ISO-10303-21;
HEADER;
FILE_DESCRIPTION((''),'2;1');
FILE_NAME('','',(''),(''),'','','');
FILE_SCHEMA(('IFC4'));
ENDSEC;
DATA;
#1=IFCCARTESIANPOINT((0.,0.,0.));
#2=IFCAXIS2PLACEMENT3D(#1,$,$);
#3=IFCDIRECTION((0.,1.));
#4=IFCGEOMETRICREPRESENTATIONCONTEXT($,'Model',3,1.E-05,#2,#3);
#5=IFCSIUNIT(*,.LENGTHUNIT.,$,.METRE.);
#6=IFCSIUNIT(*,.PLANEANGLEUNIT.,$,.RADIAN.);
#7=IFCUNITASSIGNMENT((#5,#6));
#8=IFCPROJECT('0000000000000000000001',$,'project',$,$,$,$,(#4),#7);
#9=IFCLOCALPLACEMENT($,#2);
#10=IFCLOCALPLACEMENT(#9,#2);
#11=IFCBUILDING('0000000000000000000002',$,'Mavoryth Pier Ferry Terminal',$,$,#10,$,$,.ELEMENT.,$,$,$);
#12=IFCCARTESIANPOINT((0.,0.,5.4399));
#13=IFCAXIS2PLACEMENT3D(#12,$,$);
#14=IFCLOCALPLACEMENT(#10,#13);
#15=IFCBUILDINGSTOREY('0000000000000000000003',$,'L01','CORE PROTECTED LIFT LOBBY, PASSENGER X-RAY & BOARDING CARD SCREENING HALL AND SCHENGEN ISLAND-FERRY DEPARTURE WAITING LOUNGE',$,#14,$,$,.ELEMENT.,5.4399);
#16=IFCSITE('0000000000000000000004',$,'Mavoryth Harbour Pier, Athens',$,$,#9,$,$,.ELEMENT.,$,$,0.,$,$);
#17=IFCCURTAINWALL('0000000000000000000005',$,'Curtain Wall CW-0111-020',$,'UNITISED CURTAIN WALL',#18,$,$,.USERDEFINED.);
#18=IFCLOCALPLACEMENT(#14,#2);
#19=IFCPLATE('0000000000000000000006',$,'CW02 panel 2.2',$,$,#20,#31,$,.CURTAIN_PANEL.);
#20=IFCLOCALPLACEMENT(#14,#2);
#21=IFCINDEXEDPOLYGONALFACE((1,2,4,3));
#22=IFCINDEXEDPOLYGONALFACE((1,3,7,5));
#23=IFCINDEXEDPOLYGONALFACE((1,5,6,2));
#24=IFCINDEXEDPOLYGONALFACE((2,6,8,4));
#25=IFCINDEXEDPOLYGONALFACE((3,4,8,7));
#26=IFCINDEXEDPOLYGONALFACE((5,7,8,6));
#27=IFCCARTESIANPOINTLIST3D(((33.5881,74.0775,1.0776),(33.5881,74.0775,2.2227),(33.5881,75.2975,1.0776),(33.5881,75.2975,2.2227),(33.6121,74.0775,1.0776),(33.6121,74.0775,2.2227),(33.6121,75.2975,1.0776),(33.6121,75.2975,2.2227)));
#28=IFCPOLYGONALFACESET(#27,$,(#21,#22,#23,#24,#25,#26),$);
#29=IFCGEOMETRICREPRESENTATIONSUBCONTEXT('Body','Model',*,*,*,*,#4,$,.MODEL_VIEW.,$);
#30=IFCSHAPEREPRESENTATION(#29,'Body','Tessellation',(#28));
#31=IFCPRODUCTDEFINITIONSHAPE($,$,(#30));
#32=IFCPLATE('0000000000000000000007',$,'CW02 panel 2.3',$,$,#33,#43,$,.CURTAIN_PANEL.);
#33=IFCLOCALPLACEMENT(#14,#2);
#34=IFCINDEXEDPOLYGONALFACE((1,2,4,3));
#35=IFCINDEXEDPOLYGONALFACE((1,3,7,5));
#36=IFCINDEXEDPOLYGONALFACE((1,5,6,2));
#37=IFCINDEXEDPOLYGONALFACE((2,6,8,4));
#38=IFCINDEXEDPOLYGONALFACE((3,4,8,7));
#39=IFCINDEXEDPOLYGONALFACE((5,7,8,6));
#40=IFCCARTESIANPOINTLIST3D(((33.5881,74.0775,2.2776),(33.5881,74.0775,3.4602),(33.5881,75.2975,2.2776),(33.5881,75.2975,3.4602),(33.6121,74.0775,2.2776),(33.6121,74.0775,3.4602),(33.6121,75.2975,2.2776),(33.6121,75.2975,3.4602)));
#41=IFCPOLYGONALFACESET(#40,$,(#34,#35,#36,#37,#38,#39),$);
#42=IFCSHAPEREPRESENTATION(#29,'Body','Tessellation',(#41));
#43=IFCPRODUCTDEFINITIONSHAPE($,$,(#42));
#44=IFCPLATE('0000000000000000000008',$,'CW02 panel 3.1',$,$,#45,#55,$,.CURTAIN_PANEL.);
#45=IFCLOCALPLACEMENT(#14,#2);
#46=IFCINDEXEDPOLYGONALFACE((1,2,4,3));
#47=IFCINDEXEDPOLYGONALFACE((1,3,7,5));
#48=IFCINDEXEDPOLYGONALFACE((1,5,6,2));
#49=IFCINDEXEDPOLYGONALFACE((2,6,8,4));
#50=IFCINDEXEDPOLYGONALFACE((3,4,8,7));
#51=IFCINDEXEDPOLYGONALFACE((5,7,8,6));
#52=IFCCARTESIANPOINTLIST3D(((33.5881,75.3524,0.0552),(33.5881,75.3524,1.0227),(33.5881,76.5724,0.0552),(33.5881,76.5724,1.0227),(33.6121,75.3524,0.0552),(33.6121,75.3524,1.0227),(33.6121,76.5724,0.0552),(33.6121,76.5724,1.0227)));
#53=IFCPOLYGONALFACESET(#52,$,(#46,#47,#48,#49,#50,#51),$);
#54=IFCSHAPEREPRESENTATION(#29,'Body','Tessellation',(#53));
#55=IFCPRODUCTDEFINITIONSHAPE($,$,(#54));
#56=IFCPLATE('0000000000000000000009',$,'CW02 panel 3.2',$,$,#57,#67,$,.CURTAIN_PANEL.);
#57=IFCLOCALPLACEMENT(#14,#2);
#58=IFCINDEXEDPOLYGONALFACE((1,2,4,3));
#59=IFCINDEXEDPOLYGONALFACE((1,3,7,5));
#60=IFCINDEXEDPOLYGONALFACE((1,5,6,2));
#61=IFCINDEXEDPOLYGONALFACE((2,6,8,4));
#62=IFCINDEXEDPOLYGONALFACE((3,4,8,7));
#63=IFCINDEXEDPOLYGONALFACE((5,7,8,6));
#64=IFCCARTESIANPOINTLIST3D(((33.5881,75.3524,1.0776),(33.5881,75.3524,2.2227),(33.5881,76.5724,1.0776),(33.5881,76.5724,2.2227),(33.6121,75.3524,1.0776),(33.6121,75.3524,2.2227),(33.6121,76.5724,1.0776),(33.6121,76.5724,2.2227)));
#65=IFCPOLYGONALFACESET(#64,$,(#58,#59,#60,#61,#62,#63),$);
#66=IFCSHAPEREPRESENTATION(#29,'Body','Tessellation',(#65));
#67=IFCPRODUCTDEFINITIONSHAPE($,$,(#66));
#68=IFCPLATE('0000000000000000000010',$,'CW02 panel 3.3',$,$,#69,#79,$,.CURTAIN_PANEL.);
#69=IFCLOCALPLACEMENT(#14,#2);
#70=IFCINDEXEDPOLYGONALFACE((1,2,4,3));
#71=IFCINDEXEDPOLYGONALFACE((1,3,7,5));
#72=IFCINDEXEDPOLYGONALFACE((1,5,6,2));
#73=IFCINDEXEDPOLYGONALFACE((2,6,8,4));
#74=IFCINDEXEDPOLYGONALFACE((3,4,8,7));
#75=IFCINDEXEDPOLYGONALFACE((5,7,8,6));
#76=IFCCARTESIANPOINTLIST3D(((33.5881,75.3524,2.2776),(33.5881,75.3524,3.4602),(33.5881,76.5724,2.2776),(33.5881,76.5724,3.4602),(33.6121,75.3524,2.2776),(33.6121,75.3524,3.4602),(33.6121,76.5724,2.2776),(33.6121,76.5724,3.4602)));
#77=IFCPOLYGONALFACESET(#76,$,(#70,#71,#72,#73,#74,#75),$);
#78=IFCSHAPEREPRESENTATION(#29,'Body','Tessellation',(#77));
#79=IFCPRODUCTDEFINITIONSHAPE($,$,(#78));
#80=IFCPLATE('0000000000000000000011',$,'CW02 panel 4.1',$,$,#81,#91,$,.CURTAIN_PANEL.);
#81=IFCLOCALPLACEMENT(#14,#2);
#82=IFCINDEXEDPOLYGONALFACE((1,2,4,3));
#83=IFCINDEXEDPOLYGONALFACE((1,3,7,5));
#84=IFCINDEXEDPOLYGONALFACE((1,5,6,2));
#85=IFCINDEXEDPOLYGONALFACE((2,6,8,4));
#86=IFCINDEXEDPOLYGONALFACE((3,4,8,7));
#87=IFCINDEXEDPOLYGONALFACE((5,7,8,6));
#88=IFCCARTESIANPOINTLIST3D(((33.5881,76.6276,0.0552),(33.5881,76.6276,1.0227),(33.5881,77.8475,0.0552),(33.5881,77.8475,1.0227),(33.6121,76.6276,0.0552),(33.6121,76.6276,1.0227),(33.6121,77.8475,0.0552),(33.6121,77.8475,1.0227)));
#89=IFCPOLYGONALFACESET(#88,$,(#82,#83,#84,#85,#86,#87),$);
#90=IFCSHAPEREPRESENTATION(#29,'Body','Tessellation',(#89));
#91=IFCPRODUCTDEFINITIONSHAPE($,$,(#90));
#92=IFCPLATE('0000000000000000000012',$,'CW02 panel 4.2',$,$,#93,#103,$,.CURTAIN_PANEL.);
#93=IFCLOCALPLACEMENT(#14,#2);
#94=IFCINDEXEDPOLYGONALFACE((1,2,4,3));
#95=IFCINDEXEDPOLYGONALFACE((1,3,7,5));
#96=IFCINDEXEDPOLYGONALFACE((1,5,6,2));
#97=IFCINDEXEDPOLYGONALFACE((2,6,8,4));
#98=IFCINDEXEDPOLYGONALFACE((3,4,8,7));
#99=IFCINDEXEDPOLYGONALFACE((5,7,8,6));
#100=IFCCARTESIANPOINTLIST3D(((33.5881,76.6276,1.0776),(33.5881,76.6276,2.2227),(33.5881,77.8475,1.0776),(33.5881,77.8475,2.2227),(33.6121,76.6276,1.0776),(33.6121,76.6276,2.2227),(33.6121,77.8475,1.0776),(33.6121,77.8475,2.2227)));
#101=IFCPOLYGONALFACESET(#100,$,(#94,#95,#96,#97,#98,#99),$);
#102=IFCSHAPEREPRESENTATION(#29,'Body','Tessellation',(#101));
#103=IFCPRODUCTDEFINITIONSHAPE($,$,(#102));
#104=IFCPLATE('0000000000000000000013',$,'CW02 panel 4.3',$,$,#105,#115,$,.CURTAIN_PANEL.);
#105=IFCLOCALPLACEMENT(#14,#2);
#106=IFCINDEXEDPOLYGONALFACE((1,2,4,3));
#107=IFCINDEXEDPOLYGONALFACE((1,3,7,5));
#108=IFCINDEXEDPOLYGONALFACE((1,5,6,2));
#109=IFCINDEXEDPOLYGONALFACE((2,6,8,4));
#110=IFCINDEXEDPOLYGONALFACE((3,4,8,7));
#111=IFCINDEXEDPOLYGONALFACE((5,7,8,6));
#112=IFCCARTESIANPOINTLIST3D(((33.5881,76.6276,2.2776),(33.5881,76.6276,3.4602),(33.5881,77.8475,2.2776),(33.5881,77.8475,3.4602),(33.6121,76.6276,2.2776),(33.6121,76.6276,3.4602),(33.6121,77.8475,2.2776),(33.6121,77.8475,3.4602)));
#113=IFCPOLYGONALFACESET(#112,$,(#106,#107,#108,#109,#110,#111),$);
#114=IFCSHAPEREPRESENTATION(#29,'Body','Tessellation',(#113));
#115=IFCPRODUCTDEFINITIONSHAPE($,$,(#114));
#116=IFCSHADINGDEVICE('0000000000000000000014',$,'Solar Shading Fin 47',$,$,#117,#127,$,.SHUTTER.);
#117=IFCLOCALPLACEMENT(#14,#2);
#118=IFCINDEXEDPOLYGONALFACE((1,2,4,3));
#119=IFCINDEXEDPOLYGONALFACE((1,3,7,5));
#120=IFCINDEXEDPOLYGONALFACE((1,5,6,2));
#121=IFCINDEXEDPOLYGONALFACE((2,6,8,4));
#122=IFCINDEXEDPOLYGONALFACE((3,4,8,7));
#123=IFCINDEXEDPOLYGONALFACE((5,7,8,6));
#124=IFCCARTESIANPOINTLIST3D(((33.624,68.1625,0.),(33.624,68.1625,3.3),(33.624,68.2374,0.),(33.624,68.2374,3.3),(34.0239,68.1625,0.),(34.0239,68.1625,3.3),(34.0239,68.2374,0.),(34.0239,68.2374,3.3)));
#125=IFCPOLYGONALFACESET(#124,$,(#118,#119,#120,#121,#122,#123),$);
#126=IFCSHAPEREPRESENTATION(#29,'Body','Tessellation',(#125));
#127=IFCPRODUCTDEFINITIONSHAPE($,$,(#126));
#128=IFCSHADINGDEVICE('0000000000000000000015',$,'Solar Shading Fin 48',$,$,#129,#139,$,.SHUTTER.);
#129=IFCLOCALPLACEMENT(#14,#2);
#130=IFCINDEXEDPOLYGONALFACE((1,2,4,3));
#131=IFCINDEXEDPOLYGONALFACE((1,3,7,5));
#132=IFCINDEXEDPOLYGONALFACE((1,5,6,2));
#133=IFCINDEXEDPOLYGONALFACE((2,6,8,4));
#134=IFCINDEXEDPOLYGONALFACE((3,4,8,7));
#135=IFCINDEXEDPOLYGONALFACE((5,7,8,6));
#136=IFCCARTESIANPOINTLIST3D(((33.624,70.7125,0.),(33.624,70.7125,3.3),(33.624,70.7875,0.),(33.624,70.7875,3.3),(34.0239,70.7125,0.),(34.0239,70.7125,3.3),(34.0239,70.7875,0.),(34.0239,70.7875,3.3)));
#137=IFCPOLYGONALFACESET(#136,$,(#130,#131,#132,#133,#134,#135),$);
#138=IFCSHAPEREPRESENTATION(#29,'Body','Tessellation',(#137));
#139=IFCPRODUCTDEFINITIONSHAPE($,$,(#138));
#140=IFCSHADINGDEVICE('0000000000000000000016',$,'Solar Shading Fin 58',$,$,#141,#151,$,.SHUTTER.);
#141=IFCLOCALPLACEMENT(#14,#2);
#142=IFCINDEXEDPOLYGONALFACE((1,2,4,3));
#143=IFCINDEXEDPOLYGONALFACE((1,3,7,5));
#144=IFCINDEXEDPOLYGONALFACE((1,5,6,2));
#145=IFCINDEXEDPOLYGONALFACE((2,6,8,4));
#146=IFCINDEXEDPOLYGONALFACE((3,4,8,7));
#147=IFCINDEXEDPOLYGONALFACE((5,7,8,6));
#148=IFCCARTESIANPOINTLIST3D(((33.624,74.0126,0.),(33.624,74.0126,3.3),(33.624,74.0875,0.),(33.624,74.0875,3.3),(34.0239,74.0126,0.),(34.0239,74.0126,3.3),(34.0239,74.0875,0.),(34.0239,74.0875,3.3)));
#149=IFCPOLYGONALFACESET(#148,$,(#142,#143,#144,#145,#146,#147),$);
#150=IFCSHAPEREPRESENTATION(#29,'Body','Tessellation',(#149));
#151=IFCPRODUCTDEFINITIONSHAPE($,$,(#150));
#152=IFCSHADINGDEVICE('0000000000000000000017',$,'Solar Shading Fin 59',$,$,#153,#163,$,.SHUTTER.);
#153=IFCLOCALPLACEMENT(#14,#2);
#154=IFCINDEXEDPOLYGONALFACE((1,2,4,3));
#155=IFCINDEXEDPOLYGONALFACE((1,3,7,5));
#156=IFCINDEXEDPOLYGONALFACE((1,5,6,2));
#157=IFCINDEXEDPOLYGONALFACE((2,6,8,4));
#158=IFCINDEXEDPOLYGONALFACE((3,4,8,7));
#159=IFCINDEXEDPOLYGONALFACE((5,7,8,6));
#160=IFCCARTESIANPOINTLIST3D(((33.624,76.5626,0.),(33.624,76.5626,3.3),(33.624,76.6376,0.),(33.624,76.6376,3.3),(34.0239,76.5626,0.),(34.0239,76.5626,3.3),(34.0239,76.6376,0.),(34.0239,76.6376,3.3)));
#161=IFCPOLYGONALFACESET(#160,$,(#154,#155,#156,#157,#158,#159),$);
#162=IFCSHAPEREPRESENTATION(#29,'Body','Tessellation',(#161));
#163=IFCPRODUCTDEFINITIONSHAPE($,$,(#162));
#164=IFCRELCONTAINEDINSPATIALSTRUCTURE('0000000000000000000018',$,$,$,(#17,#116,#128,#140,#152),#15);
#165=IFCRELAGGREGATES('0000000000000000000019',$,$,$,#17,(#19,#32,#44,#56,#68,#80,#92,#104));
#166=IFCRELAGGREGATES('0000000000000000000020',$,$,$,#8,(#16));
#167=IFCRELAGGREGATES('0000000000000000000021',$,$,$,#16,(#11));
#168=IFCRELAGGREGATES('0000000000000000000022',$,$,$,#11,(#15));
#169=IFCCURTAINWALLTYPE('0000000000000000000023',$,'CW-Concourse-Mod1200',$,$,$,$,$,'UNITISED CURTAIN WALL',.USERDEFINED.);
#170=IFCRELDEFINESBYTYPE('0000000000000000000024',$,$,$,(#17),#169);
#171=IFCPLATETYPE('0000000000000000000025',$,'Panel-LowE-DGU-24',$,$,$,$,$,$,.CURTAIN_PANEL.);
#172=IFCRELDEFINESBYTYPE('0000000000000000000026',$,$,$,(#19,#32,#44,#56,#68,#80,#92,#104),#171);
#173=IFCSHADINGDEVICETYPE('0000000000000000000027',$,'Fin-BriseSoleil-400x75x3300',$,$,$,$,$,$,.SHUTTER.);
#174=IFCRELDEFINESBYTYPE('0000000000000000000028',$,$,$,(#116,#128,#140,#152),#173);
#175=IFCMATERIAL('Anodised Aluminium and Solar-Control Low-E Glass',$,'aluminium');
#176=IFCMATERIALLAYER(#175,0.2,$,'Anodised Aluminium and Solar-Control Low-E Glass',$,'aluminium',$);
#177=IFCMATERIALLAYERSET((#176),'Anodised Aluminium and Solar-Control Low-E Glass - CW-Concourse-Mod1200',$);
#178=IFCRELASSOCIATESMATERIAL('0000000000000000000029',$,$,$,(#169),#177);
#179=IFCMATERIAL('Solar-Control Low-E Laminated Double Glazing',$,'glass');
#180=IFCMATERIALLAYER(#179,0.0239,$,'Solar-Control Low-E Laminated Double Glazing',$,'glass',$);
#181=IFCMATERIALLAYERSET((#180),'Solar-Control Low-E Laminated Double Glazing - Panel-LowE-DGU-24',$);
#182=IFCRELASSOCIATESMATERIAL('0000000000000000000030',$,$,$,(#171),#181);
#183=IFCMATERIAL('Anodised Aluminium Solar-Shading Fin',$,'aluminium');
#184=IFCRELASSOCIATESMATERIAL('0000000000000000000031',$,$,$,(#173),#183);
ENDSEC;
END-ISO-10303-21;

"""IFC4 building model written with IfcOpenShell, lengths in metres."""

from ifc_helpers import new_model, si_unit, direction, frame, origin, origin_2d, place, context, subcontext, project, spatial, rectangle, extrude, material, layer, layer_set, type_object, element, aggregate, save


model = new_model("IFC4")

# Units and contexts
model_context = context("Model", 3, precision=1e-05, world=origin(), true_north=direction((0.0, 1.0)))
body_context = subcontext(model_context, "Body", "Model", "MODEL_VIEW")
ifc_project = project(units=[si_unit("LENGTHUNIT", "METRE"), si_unit("PLANEANGLEUNIT", "RADIAN")], contexts=[model_context])

# Site, building, storey
site_placement = place(None, origin())
site = spatial("IfcSite", under=ifc_project, at=site_placement, Name="Mavoryth Harbour Pier, Athens", CompositionType="ELEMENT", RefElevation=0.0)
building_placement = place(site_placement, origin())
building = spatial("IfcBuilding", under=site, at=building_placement, Name="Mavoryth Pier Ferry Terminal", CompositionType="ELEMENT")
storey_placement = place(building_placement, frame((0.0, 0.0, 5.4399)))
storey = spatial("IfcBuildingStorey", under=building, at=storey_placement, Name="L01", Description="CORE PROTECTED LIFT LOBBY, PASSENGER X-RAY & BOARDING CARD SCREENING HALL AND SCHENGEN ISLAND-FERRY DEPARTURE WAITING LOUNGE", CompositionType="ELEMENT", Elevation=5.4399)

# Curtain wall, plates
ifc_material_1 = material(Name="Anodised Aluminium and Solar-Control Low-E Glass", Category="aluminium")
ifc_layer_1 = layer(ifc_material_1, 0.2, Name="Anodised Aluminium and Solar-Control Low-E Glass", Category="aluminium")
ifc_layer_set_1 = layer_set([ifc_layer_1], Name="Anodised Aluminium and Solar-Control Low-E Glass - CW-Concourse-Mod1200")
curtain_wall_type = type_object("IfcCurtainWallType", Name="CW-Concourse-Mod1200", ElementType="UNITISED CURTAIN WALL", PredefinedType="USERDEFINED", material=ifc_layer_set_1)
curtain_wall_placement = place(storey_placement, origin())
curtain_wall = element("IfcCurtainWall", 1, at=curtain_wall_placement, inside=storey, type_object=curtain_wall_type, Name="Curtain Wall CW-0111-020", ObjectType="UNITISED CURTAIN WALL", PredefinedType="USERDEFINED")
ifc_material_2 = material(Name="Solar-Control Low-E Laminated Double Glazing", Category="glass")
ifc_layer_2 = layer(ifc_material_2, 0.0239, Name="Solar-Control Low-E Laminated Double Glazing", Category="glass")
ifc_layer_set_2 = layer_set([ifc_layer_2], Name="Solar-Control Low-E Laminated Double Glazing - Panel-LowE-DGU-24")
plate_type = type_object("IfcPlateType", Name="Panel-LowE-DGU-24", PredefinedType="CURTAIN_PANEL", material=ifc_layer_set_2)
plate_1_placement = place(storey_placement, frame((33.6001, 74.6875, 1.0776), z_axis=(0.0, 0.0, 1.0), x_axis=(0.0, 1.0, 0.0)))
plate_1 = element("IfcPlate", 2, at=plate_1_placement, type_object=plate_type, Name="CW02 panel 2.2", PredefinedType="CURTAIN_PANEL", context=body_context, shape_type="SweptSolid", body=[
    extrude(rectangle(XDim=1.22, YDim=0.0239, at=origin_2d()), origin(), (0.0, 0.0, 1.0), 1.145),
])
plate_2_placement = place(storey_placement, frame((33.6001, 74.6875, 2.2776), z_axis=(0.0, 0.0, 1.0), x_axis=(0.0, 1.0, 0.0)))
plate_2 = element("IfcPlate", 3, at=plate_2_placement, type_object=plate_type, Name="CW02 panel 2.3", PredefinedType="CURTAIN_PANEL", context=body_context, shape_type="SweptSolid", body=[
    extrude(rectangle(XDim=1.22, YDim=0.0239, at=origin_2d()), origin(), (0.0, 0.0, 1.0), 1.1826),
])
plate_3_placement = place(storey_placement, frame((33.6001, 75.9624, 0.0552), z_axis=(0.0, 0.0, 1.0), x_axis=(0.0, 1.0, 0.0)))
plate_3 = element("IfcPlate", 4, at=plate_3_placement, type_object=plate_type, Name="CW02 panel 3.1", PredefinedType="CURTAIN_PANEL", context=body_context, shape_type="SweptSolid", body=[
    extrude(rectangle(XDim=1.22, YDim=0.0239, at=origin_2d()), origin(), (0.0, 0.0, 1.0), 0.9675),
])
plate_4_placement = place(storey_placement, frame((33.6001, 75.9624, 1.0776), z_axis=(0.0, 0.0, 1.0), x_axis=(0.0, 1.0, 0.0)))
plate_4 = element("IfcPlate", 5, at=plate_4_placement, type_object=plate_type, Name="CW02 panel 3.2", PredefinedType="CURTAIN_PANEL", context=body_context, shape_type="SweptSolid", body=[
    extrude(rectangle(XDim=1.22, YDim=0.0239, at=origin_2d()), origin(), (0.0, 0.0, 1.0), 1.145),
])
plate_5_placement = place(storey_placement, frame((33.6001, 75.9624, 2.2776), z_axis=(0.0, 0.0, 1.0), x_axis=(0.0, 1.0, 0.0)))
plate_5 = element("IfcPlate", 6, at=plate_5_placement, type_object=plate_type, Name="CW02 panel 3.3", PredefinedType="CURTAIN_PANEL", context=body_context, shape_type="SweptSolid", body=[
    extrude(rectangle(XDim=1.22, YDim=0.0239, at=origin_2d()), origin(), (0.0, 0.0, 1.0), 1.1826),
])
plate_6_placement = place(storey_placement, frame((33.6001, 77.2375, 0.0552), z_axis=(0.0, 0.0, 1.0), x_axis=(0.0, 1.0, 0.0)))
plate_6 = element("IfcPlate", 7, at=plate_6_placement, type_object=plate_type, Name="CW02 panel 4.1", PredefinedType="CURTAIN_PANEL", context=body_context, shape_type="SweptSolid", body=[
    extrude(rectangle(XDim=1.22, YDim=0.0239, at=origin_2d()), origin(), (0.0, 0.0, 1.0), 0.9675),
])
plate_7_placement = place(storey_placement, frame((33.6001, 77.2375, 1.0776), z_axis=(0.0, 0.0, 1.0), x_axis=(0.0, 1.0, 0.0)))
plate_7 = element("IfcPlate", 8, at=plate_7_placement, type_object=plate_type, Name="CW02 panel 4.2", PredefinedType="CURTAIN_PANEL", context=body_context, shape_type="SweptSolid", body=[
    extrude(rectangle(XDim=1.22, YDim=0.0239, at=origin_2d()), origin(), (0.0, 0.0, 1.0), 1.145),
])
plate_8_placement = place(storey_placement, frame((33.6001, 77.2375, 2.2776), z_axis=(0.0, 0.0, 1.0), x_axis=(0.0, 1.0, 0.0)))
plate_8 = element("IfcPlate", 9, at=plate_8_placement, type_object=plate_type, Name="CW02 panel 4.3", PredefinedType="CURTAIN_PANEL", context=body_context, shape_type="SweptSolid", body=[
    extrude(rectangle(XDim=1.22, YDim=0.0239, at=origin_2d()), origin(), (0.0, 0.0, 1.0), 1.1826),
])
aggregate(curtain_wall, [plate_1, plate_2, plate_3, plate_4, plate_5, plate_6, plate_7, plate_8])

# Shading devices
ifc_material_3 = material(Name="Anodised Aluminium Solar-Shading Fin", Category="aluminium")
shading_device_type = type_object("IfcShadingDeviceType", Name="Fin-BriseSoleil-400x75x3300", PredefinedType="SHUTTER", material=ifc_material_3)
for number, where, z_axis, x_axis, name in (
    (10, (33.824, 68.2, 0.0), (0.0, 0.0, 1.0), (0.0, 1.0, 0.0), "Solar Shading Fin 47"),
    (11, (33.824, 70.75, 0.0), (0.0, 0.0, 1.0), (0.0, 1.0, 0.0), "Solar Shading Fin 48"),
    (12, (33.824, 74.05, 0.0), (0.0, 0.0, 1.0), (0.0, 1.0, 0.0), "Solar Shading Fin 58"),
    (13, (33.824, 76.6001, 0.0), (0.0, 0.0, 1.0), (0.0, 1.0, 0.0), "Solar Shading Fin 59"),
):
    element("IfcShadingDevice", number, at=place(storey_placement, frame(where, z_axis=z_axis, x_axis=x_axis)), inside=storey, type_object=shading_device_type, Name=name, PredefinedType="SHUTTER", context=body_context, shape_type="SweptSolid", body=[
        extrude(rectangle(XDim=0.075, YDim=0.3999, at=origin_2d()), origin(), (0.0, 0.0, 1.0), 3.3),
    ])

save(model, "model.ifc")
